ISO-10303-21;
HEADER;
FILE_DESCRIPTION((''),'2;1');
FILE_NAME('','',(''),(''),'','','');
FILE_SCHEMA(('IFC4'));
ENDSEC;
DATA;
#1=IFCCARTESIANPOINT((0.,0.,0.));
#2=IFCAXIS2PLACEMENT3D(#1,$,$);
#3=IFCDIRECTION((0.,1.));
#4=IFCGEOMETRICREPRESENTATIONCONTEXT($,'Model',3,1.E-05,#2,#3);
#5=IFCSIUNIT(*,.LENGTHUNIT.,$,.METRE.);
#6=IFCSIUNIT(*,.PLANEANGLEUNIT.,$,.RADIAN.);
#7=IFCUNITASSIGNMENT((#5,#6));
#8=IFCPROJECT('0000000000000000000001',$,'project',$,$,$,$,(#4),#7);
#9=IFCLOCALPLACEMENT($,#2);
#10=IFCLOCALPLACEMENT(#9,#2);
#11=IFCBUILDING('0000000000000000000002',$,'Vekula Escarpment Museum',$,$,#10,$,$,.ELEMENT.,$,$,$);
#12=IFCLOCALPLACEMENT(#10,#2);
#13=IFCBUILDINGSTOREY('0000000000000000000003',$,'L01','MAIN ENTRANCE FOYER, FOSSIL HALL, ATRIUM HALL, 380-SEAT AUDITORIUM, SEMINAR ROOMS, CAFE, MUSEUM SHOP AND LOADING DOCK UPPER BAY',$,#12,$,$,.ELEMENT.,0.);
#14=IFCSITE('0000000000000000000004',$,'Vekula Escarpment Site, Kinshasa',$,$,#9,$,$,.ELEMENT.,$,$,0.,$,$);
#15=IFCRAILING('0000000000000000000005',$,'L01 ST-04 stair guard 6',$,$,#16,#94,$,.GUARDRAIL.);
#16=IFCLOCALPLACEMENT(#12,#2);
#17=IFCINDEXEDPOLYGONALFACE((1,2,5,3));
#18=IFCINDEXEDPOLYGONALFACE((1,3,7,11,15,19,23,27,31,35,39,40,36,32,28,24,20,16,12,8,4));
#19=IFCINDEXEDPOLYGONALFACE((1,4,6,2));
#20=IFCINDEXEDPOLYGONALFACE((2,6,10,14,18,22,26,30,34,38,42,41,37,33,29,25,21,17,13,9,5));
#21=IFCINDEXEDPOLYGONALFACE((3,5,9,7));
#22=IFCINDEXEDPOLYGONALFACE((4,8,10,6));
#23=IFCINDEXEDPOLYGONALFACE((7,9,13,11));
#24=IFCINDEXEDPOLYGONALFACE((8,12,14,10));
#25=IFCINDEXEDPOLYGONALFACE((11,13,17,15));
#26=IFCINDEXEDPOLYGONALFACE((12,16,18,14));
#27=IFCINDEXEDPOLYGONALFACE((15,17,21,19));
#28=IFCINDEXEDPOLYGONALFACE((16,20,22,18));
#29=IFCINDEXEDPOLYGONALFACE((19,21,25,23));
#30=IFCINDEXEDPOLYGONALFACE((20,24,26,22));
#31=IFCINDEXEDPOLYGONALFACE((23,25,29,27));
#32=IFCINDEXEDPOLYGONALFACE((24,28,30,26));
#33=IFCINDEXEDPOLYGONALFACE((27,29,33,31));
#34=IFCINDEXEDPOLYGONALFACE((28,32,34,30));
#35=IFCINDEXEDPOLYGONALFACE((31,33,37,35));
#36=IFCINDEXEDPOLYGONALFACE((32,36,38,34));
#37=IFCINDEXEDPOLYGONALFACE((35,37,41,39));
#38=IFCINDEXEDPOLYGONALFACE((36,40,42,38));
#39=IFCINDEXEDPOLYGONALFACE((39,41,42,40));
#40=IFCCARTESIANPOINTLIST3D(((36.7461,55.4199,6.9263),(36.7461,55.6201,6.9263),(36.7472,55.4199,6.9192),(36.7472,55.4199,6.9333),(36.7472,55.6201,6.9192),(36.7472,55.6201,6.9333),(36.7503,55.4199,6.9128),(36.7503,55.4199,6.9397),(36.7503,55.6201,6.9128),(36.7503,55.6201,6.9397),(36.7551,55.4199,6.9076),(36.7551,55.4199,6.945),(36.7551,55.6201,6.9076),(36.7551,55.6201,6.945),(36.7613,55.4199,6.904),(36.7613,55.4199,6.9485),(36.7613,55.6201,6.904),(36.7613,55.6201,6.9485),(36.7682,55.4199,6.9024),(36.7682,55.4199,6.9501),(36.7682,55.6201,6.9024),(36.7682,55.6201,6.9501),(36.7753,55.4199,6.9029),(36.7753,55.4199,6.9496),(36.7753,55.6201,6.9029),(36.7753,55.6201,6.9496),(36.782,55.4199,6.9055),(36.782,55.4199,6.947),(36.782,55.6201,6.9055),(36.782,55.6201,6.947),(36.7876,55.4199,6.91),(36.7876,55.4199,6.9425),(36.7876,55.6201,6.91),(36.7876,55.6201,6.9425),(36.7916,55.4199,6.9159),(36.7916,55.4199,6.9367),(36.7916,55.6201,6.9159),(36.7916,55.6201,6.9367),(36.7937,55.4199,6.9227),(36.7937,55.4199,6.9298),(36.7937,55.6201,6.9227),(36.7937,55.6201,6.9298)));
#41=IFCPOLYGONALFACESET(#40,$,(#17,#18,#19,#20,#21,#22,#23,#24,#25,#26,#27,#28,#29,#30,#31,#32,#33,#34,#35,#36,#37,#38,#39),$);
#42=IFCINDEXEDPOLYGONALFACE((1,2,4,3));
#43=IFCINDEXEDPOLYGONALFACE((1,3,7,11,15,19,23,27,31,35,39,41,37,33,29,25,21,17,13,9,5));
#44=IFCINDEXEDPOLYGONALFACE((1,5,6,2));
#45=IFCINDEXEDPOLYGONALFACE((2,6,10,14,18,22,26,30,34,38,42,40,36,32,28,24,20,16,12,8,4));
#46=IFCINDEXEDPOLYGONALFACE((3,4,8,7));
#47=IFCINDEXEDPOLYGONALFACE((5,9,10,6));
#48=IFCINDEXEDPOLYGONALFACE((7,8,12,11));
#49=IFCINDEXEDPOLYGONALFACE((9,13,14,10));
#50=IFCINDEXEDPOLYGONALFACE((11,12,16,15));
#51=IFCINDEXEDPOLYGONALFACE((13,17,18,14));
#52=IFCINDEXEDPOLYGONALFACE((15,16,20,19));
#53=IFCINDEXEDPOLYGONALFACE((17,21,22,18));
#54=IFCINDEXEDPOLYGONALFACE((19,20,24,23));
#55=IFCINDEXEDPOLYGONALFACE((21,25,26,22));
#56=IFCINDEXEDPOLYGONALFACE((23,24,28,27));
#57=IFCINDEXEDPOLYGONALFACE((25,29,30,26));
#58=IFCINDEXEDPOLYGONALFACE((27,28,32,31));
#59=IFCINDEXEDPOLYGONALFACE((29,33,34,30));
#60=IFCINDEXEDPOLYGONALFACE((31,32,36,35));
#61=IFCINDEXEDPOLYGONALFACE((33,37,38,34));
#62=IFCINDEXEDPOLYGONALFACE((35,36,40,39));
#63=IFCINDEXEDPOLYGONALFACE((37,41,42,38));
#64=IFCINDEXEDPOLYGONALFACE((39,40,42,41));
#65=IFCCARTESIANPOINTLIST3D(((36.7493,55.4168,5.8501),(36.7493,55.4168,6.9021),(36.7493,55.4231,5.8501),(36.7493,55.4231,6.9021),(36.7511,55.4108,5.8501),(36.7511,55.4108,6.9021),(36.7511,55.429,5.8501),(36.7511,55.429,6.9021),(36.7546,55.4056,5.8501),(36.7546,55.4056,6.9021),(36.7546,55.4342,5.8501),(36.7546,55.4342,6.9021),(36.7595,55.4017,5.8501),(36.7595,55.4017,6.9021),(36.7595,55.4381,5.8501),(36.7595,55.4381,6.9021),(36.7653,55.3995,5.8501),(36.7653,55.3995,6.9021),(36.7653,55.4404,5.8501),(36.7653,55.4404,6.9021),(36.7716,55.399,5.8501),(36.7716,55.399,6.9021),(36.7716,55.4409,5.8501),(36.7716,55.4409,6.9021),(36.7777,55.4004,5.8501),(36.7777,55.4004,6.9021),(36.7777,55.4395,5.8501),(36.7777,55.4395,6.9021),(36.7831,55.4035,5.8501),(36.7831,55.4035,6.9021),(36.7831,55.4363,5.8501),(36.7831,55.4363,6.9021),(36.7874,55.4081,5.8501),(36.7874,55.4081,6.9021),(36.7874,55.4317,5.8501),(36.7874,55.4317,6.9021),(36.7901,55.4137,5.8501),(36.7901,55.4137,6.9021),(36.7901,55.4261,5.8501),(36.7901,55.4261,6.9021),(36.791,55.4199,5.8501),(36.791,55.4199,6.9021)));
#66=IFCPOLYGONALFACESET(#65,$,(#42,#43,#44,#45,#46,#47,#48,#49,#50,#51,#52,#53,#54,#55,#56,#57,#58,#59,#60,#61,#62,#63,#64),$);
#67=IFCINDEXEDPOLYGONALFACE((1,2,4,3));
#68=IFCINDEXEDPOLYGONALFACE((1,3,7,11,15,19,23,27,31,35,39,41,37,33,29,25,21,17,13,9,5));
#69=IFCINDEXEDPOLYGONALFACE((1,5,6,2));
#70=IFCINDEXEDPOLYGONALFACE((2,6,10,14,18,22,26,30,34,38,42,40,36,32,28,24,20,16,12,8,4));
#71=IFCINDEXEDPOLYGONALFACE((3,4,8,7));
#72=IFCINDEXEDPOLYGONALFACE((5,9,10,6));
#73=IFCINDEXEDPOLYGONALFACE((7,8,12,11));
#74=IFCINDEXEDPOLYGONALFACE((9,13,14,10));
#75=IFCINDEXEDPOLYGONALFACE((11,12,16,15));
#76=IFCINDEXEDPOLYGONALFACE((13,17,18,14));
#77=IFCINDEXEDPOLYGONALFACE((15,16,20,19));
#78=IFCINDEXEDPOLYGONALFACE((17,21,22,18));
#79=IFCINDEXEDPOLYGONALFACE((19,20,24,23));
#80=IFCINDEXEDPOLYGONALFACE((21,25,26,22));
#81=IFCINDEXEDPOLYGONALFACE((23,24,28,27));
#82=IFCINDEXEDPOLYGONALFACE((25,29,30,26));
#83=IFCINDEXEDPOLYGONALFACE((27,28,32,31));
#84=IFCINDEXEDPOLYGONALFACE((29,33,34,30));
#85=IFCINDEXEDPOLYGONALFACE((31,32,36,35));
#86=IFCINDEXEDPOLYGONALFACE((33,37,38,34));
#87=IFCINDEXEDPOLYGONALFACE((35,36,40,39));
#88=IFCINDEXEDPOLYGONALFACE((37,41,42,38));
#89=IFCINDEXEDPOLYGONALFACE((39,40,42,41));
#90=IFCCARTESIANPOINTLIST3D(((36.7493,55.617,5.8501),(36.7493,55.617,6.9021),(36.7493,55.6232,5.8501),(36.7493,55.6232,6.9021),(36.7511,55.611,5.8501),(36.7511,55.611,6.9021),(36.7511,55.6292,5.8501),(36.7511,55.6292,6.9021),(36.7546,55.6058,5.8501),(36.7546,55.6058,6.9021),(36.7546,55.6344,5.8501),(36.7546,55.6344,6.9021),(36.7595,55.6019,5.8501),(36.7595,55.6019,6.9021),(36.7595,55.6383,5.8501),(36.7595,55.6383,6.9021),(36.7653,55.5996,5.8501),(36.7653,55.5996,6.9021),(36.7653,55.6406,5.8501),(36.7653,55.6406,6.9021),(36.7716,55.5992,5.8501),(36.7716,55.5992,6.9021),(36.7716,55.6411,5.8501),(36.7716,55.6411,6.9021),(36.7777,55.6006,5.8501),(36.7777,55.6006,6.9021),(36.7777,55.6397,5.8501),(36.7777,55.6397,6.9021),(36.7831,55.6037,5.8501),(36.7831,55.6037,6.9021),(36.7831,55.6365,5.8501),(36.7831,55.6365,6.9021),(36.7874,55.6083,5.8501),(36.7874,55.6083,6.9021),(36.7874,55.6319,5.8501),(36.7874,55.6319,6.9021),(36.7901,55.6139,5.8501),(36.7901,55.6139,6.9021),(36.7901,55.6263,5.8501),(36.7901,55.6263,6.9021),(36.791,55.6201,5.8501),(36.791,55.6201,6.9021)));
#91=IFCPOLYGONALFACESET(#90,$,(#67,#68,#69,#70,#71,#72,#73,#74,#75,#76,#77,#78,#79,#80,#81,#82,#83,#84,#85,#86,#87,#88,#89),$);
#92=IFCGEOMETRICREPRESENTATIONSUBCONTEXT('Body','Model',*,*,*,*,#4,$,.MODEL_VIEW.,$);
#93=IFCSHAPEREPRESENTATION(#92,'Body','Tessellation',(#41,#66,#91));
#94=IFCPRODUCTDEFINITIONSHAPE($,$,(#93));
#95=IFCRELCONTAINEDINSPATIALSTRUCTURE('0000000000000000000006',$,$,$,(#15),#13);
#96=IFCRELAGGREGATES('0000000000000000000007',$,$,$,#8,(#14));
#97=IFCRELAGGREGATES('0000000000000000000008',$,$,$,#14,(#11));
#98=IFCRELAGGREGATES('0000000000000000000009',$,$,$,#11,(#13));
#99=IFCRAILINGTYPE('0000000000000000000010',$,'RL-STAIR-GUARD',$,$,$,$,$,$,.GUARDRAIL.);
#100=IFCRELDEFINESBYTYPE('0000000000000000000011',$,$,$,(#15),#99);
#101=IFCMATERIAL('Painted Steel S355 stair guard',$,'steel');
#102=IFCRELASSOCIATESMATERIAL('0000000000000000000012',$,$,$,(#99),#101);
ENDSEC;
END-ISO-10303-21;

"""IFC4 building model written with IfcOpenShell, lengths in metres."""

from ifc_helpers import new_model, si_unit, direction, frame, origin, origin_2d, place, context, subcontext, project, spatial, circle, extrude, material, type_object, element, save


model = new_model("IFC4")

# Units and contexts
model_context = context("Model", 3, precision=1e-05, world=origin(), true_north=direction((0.0, 1.0)))
body_context = subcontext(model_context, "Body", "Model", "MODEL_VIEW")
ifc_project = project(units=[si_unit("LENGTHUNIT", "METRE"), si_unit("PLANEANGLEUNIT", "RADIAN")], contexts=[model_context])

# Site, building, storey
site_placement = place(None, origin())
site = spatial("IfcSite", under=ifc_project, at=site_placement, Name="Vekula Escarpment Site, Kinshasa", CompositionType="ELEMENT", RefElevation=0.0)
building_placement = place(site_placement, origin())
building = spatial("IfcBuilding", under=site, at=building_placement, Name="Vekula Escarpment Museum", CompositionType="ELEMENT")
storey_placement = place(building_placement, origin())
storey = spatial("IfcBuildingStorey", under=building, at=storey_placement, Name="L01", Description="MAIN ENTRANCE FOYER, FOSSIL HALL, ATRIUM HALL, 380-SEAT AUDITORIUM, SEMINAR ROOMS, CAFE, MUSEUM SHOP AND LOADING DOCK UPPER BAY", CompositionType="ELEMENT", Elevation=0.0)

# Railing
ifc_material_1 = material(Name="Painted Steel S355 stair guard", Category="steel")
railing_type_1 = type_object("IfcRailingType", Name="RL-STAIR-GUARD", PredefinedType="GUARDRAIL", material=ifc_material_1)
railing_1_placement = place(storey_placement, frame((36.77, 55.4199, 5.8501)))
element("IfcRailing", 1, at=railing_1_placement, inside=storey, type_object=railing_type_1, Name="L01 ST-04 stair guard 6", PredefinedType="GUARDRAIL", context=body_context, shape_type="SweptSolid", body=[
    extrude(circle(Radius=0.0239, at=origin_2d()), frame((0.0, 0.0, 1.0762), z_axis=(0.0, 1.0, 0.0), x_axis=(-1.0, 0.0, 0.0)), (0.0, 0.0, 1.0), 0.2002),
    extrude(circle(Radius=0.021, at=origin_2d()), origin(), (0.0, 0.0, 1.0), 1.052),
    extrude(circle(Radius=0.021, at=origin_2d()), frame((0.0, 0.2002, 0.0)), (0.0, 0.0, 1.0), 1.052),
])

save(model, "model.ifc")
